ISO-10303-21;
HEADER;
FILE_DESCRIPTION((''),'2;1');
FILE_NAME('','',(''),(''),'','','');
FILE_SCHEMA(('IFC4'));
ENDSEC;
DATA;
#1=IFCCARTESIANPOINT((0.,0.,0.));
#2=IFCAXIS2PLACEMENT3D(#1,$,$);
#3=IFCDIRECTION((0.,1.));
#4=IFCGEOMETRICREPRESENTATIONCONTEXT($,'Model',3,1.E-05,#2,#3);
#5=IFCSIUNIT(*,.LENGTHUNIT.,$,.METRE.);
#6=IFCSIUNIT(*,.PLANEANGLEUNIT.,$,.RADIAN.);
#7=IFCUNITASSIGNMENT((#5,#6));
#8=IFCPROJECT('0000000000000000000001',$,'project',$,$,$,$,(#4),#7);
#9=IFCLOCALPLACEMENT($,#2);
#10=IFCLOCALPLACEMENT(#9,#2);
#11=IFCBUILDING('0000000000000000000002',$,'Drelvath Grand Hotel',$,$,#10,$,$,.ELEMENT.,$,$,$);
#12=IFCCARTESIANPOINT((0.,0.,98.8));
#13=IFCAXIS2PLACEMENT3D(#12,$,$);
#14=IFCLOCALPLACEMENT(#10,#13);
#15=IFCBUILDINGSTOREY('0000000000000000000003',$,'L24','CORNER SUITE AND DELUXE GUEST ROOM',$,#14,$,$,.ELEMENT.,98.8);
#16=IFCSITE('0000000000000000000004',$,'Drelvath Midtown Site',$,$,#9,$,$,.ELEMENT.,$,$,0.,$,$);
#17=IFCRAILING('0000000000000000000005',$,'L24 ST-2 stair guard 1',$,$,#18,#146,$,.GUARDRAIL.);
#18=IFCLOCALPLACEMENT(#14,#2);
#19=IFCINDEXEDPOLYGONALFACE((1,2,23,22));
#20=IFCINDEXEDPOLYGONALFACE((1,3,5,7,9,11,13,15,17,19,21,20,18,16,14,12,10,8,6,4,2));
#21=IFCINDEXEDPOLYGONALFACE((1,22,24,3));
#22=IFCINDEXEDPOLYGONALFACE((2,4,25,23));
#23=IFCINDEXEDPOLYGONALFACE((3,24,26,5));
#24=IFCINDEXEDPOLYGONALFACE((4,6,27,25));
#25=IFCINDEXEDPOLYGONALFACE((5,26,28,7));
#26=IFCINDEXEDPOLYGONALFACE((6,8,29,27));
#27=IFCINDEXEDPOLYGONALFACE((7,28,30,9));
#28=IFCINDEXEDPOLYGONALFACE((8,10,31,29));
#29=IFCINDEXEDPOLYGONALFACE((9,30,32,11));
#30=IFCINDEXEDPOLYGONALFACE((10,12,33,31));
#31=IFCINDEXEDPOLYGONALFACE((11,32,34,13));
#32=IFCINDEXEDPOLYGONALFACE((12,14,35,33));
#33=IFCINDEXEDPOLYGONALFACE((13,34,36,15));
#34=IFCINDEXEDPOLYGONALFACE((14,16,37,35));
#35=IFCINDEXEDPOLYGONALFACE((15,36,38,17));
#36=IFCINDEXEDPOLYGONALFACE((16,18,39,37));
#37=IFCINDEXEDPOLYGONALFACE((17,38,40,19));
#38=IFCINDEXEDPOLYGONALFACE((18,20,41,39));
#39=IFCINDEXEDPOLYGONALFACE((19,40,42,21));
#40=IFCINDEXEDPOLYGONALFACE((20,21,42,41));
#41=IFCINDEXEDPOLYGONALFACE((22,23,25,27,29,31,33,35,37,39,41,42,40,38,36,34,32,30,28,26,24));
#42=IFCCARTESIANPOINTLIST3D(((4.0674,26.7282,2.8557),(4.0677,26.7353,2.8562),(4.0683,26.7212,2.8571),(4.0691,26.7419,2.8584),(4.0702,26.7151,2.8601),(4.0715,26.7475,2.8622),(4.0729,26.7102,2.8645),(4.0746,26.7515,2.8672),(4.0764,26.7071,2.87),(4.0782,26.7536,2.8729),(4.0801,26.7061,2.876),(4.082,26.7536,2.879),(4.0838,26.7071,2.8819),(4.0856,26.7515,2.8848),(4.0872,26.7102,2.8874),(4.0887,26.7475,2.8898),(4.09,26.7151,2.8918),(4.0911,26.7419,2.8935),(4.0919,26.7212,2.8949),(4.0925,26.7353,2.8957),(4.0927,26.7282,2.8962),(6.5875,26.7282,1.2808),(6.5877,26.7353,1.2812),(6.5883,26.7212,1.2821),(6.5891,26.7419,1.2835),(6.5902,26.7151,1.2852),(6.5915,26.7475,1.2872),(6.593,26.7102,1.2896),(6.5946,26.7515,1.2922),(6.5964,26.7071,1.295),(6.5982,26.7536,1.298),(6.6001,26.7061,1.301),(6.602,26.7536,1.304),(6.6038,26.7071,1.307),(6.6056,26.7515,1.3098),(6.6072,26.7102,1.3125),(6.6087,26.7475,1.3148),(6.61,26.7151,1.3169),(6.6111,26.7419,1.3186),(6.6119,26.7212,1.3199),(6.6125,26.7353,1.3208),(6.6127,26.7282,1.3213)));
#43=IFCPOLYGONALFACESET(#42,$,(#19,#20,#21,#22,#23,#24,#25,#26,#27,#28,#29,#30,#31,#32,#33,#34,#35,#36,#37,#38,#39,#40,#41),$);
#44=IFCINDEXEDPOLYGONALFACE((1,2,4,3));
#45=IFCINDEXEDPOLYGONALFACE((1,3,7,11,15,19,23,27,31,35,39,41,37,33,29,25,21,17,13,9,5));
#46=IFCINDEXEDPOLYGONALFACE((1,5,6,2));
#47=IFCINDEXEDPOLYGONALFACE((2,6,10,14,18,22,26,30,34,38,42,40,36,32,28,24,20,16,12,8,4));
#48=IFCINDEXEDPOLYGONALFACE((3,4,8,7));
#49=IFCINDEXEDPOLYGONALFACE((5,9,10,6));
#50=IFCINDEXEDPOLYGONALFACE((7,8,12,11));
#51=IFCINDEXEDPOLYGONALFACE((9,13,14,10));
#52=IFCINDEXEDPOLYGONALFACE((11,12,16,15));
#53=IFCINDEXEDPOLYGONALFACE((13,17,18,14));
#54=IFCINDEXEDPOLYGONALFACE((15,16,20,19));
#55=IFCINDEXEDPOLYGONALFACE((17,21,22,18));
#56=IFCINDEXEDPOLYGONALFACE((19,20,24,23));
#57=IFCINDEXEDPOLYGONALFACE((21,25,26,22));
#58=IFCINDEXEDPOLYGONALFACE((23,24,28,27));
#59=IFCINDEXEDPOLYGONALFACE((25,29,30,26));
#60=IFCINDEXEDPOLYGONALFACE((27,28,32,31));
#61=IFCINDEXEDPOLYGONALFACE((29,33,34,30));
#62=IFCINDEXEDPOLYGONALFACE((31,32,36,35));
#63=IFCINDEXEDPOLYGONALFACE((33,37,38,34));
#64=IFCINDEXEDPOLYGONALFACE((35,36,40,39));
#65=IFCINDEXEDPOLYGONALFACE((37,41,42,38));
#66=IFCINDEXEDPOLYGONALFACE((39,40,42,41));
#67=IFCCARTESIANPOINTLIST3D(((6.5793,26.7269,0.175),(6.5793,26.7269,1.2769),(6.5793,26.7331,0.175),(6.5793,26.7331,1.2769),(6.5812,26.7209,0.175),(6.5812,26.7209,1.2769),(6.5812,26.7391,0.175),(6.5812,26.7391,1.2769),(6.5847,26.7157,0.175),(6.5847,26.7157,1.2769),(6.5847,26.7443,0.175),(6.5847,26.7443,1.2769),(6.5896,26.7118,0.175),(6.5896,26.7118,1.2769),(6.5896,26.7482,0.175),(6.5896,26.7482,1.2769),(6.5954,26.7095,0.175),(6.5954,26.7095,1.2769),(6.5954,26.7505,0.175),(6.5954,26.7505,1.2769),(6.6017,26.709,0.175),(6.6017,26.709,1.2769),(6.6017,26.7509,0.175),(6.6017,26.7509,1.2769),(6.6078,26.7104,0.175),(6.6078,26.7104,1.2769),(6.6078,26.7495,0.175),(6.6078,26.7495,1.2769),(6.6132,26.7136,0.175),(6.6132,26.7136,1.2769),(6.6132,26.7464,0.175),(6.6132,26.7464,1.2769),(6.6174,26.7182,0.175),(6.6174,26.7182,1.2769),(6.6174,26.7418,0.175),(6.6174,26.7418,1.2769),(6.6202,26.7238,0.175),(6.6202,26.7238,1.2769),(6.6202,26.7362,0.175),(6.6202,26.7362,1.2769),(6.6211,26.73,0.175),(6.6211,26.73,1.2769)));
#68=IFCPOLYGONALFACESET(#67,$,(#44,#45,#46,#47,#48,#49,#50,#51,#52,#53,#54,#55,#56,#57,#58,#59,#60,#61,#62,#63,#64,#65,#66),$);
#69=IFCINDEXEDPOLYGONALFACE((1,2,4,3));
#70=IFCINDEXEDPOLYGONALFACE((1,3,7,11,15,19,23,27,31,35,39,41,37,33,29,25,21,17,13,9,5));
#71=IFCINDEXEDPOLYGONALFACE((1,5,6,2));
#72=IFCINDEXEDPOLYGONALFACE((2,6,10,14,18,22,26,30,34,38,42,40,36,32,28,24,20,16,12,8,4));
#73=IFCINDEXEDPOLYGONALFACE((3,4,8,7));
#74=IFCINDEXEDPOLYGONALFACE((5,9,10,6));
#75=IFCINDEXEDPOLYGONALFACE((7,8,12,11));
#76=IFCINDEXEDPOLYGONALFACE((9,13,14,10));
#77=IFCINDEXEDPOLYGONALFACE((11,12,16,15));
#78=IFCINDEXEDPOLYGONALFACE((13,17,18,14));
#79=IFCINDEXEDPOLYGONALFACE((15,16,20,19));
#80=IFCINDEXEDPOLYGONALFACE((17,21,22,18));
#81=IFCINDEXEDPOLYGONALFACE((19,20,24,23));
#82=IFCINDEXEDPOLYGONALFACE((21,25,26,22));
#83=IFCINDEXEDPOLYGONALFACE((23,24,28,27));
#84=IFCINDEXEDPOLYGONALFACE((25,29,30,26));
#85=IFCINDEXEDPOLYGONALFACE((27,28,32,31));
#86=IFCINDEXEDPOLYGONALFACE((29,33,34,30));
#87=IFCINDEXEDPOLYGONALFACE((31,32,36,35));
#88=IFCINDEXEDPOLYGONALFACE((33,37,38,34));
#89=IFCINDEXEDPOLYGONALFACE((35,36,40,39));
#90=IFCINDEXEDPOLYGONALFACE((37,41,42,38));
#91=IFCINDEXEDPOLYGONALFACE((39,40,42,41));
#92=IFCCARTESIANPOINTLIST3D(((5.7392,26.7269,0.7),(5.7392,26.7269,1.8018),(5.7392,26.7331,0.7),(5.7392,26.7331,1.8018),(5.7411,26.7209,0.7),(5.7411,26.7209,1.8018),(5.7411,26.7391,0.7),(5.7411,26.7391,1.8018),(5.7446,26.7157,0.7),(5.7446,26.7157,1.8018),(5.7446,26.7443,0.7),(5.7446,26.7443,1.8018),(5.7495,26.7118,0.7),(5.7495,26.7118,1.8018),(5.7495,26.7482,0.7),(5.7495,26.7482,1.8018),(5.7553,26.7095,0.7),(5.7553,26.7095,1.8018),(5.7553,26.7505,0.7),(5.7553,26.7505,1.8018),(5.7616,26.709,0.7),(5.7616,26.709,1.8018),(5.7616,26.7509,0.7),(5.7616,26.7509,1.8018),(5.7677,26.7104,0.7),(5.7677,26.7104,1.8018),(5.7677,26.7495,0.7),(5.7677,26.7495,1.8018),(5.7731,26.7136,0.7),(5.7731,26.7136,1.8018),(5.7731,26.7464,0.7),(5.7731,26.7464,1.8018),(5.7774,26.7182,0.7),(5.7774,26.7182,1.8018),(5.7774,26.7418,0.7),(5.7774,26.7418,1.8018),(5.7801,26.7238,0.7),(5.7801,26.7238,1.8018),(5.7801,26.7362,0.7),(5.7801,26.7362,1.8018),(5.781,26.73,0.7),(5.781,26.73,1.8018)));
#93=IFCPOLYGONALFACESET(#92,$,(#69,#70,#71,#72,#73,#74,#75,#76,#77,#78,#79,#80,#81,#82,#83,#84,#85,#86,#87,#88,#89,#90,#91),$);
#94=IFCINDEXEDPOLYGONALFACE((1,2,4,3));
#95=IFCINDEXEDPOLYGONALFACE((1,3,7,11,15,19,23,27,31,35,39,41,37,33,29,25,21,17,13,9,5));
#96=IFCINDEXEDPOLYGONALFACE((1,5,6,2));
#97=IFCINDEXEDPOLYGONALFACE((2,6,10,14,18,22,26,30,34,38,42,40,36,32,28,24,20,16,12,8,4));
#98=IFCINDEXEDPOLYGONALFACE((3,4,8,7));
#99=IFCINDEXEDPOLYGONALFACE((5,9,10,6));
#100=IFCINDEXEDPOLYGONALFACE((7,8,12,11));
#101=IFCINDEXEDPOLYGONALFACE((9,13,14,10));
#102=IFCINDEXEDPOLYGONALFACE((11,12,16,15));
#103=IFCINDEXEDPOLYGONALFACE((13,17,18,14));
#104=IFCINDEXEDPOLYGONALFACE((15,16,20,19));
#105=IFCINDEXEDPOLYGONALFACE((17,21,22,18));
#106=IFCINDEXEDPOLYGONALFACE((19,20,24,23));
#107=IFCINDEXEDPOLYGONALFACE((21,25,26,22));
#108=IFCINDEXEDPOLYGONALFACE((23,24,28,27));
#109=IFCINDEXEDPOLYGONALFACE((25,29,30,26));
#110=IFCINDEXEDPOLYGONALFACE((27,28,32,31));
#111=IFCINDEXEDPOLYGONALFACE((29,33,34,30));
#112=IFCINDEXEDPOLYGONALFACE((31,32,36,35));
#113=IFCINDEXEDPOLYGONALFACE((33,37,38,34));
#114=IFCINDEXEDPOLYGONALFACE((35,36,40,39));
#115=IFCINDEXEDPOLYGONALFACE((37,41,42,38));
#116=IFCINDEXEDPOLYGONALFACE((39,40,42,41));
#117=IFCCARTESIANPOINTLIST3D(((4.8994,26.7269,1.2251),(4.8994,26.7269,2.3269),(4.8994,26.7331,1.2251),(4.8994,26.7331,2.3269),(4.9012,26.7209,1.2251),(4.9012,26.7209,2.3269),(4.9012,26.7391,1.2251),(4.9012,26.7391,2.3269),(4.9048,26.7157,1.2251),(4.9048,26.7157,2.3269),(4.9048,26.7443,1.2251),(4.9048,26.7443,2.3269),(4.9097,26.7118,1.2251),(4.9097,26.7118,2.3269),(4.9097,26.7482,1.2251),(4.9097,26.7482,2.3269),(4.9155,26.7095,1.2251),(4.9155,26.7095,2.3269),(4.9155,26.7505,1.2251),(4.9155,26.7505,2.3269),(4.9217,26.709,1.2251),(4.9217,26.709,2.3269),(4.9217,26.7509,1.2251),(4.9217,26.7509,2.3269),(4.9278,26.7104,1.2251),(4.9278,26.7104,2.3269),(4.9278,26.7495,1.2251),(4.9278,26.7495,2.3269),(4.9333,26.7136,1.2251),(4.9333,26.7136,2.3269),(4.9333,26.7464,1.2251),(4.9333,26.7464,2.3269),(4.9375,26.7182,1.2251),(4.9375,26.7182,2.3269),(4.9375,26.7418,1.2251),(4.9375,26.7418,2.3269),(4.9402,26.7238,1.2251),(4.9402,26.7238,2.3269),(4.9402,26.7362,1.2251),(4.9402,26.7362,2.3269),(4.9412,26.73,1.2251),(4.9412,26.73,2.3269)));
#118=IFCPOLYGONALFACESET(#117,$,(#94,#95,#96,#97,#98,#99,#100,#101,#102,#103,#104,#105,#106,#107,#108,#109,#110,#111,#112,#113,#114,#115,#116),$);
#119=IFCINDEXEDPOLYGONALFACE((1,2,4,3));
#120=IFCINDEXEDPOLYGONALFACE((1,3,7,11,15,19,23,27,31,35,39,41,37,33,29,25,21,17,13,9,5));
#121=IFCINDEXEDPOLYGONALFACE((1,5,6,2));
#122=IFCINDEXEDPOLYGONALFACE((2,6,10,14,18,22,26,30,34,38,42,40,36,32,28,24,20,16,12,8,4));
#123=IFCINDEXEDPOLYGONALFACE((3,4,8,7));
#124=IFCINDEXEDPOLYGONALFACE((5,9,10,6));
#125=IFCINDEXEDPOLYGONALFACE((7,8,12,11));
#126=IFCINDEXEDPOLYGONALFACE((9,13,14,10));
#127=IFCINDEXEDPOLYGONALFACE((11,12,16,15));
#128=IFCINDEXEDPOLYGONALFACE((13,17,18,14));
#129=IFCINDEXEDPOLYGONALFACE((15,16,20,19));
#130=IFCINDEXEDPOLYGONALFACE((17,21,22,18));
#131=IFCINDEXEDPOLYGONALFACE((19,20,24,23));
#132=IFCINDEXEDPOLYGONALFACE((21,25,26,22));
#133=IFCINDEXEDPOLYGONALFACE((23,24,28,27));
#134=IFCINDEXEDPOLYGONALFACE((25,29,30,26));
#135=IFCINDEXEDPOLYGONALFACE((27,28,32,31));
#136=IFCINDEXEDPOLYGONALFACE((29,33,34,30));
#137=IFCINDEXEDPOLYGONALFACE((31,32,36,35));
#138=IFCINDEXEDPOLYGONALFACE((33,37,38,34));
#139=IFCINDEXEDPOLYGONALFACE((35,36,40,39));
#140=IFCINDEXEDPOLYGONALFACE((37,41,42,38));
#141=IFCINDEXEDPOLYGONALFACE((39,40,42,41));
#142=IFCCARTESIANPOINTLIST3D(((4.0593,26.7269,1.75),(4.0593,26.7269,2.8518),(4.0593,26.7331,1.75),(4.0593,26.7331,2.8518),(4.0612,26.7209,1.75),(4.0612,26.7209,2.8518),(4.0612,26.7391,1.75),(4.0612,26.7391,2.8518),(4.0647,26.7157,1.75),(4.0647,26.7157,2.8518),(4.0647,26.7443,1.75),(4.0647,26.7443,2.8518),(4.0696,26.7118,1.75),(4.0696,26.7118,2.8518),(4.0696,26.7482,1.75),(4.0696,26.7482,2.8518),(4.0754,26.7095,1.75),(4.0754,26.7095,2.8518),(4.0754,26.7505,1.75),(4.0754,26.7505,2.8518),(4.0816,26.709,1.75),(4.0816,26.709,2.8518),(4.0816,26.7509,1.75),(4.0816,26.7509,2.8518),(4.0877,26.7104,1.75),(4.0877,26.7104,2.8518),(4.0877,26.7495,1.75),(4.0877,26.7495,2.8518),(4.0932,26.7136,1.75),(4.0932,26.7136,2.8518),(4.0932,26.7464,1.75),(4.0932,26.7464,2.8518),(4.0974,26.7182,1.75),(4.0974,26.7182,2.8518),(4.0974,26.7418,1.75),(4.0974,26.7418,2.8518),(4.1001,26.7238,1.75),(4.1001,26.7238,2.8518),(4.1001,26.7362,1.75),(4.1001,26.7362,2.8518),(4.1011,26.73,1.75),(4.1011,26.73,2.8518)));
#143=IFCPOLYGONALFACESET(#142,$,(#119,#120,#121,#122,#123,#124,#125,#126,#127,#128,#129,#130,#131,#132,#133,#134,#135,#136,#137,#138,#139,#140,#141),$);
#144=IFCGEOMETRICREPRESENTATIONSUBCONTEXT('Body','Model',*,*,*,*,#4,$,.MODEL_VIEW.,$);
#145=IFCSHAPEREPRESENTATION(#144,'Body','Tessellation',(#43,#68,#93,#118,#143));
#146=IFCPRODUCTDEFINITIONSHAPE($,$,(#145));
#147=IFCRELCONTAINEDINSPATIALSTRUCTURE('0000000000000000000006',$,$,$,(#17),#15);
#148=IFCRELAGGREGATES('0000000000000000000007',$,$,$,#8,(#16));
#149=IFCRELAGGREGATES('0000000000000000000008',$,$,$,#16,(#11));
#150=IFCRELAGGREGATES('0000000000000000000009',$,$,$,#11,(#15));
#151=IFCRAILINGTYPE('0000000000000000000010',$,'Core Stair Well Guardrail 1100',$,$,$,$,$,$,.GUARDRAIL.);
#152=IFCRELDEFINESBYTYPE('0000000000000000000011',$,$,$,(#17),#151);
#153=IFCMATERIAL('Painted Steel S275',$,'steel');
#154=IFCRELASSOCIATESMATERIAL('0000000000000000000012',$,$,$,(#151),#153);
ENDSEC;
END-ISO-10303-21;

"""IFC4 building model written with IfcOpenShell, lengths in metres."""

from ifc_helpers import new_model, si_unit, direction, frame, origin, origin_2d, place, context, subcontext, project, spatial, circle, extrude, material, type_object, element, save


model = new_model("IFC4")

# Units and contexts
model_context = context("Model", 3, precision=1e-05, world=origin(), true_north=direction((0.0, 1.0)))
body_context = subcontext(model_context, "Body", "Model", "MODEL_VIEW")
ifc_project = project(units=[si_unit("LENGTHUNIT", "METRE"), si_unit("PLANEANGLEUNIT", "RADIAN")], contexts=[model_context])

# Site, building, storey
site_placement = place(None, origin())
site = spatial("IfcSite", under=ifc_project, at=site_placement, Name="Drelvath Midtown Site", CompositionType="ELEMENT", RefElevation=0.0)
building_placement = place(site_placement, origin())
building = spatial("IfcBuilding", under=site, at=building_placement, Name="Drelvath Grand Hotel", CompositionType="ELEMENT")
storey_placement = place(building_placement, frame((0.0, 0.0, 98.8)))
storey = spatial("IfcBuildingStorey", under=building, at=storey_placement, Name="L24", Description="CORNER SUITE AND DELUXE GUEST ROOM", CompositionType="ELEMENT", Elevation=98.8)

# Shared definitions
ifc_material_1 = material(Name="Painted Steel S275", Category="steel")

# Railing
railing_type_1 = type_object("IfcRailingType", Name="Core Stair Well Guardrail 1100", PredefinedType="GUARDRAIL", material=ifc_material_1)
railing_1_placement = place(storey_placement, frame((6.6001, 26.73, 0.175)))
element("IfcRailing", 1, at=railing_1_placement, inside=storey, type_object=railing_type_1, Name="L24 ST-2 stair guard 1", PredefinedType="GUARDRAIL", context=body_context, shape_type="SweptSolid", body=[
    extrude(circle(Radius=0.0239, at=origin_2d()), frame((0.0, 0.0, 1.126), z_axis=(-0.848008, 0.0, 0.529984), x_axis=(0.0, -1.0, 0.0)), (0.0, 0.0, 1.0), 2.9717),
    extrude(circle(Radius=0.021, at=origin_2d()), origin(), (0.0, 0.0, 1.0), 1.1018),
    extrude(circle(Radius=0.021, at=origin_2d()), frame((-0.8401, 0.0, 0.5249)), (0.0, 0.0, 1.0), 1.1018),
    extrude(circle(Radius=0.021, at=origin_2d()), frame((-1.6799, 0.0, 1.05)), (0.0, 0.0, 1.0), 1.1018),
    extrude(circle(Radius=0.021, at=origin_2d()), frame((-2.52, 0.0, 1.575)), (0.0, 0.0, 1.0), 1.1018),
])

save(model, "model.ifc")
